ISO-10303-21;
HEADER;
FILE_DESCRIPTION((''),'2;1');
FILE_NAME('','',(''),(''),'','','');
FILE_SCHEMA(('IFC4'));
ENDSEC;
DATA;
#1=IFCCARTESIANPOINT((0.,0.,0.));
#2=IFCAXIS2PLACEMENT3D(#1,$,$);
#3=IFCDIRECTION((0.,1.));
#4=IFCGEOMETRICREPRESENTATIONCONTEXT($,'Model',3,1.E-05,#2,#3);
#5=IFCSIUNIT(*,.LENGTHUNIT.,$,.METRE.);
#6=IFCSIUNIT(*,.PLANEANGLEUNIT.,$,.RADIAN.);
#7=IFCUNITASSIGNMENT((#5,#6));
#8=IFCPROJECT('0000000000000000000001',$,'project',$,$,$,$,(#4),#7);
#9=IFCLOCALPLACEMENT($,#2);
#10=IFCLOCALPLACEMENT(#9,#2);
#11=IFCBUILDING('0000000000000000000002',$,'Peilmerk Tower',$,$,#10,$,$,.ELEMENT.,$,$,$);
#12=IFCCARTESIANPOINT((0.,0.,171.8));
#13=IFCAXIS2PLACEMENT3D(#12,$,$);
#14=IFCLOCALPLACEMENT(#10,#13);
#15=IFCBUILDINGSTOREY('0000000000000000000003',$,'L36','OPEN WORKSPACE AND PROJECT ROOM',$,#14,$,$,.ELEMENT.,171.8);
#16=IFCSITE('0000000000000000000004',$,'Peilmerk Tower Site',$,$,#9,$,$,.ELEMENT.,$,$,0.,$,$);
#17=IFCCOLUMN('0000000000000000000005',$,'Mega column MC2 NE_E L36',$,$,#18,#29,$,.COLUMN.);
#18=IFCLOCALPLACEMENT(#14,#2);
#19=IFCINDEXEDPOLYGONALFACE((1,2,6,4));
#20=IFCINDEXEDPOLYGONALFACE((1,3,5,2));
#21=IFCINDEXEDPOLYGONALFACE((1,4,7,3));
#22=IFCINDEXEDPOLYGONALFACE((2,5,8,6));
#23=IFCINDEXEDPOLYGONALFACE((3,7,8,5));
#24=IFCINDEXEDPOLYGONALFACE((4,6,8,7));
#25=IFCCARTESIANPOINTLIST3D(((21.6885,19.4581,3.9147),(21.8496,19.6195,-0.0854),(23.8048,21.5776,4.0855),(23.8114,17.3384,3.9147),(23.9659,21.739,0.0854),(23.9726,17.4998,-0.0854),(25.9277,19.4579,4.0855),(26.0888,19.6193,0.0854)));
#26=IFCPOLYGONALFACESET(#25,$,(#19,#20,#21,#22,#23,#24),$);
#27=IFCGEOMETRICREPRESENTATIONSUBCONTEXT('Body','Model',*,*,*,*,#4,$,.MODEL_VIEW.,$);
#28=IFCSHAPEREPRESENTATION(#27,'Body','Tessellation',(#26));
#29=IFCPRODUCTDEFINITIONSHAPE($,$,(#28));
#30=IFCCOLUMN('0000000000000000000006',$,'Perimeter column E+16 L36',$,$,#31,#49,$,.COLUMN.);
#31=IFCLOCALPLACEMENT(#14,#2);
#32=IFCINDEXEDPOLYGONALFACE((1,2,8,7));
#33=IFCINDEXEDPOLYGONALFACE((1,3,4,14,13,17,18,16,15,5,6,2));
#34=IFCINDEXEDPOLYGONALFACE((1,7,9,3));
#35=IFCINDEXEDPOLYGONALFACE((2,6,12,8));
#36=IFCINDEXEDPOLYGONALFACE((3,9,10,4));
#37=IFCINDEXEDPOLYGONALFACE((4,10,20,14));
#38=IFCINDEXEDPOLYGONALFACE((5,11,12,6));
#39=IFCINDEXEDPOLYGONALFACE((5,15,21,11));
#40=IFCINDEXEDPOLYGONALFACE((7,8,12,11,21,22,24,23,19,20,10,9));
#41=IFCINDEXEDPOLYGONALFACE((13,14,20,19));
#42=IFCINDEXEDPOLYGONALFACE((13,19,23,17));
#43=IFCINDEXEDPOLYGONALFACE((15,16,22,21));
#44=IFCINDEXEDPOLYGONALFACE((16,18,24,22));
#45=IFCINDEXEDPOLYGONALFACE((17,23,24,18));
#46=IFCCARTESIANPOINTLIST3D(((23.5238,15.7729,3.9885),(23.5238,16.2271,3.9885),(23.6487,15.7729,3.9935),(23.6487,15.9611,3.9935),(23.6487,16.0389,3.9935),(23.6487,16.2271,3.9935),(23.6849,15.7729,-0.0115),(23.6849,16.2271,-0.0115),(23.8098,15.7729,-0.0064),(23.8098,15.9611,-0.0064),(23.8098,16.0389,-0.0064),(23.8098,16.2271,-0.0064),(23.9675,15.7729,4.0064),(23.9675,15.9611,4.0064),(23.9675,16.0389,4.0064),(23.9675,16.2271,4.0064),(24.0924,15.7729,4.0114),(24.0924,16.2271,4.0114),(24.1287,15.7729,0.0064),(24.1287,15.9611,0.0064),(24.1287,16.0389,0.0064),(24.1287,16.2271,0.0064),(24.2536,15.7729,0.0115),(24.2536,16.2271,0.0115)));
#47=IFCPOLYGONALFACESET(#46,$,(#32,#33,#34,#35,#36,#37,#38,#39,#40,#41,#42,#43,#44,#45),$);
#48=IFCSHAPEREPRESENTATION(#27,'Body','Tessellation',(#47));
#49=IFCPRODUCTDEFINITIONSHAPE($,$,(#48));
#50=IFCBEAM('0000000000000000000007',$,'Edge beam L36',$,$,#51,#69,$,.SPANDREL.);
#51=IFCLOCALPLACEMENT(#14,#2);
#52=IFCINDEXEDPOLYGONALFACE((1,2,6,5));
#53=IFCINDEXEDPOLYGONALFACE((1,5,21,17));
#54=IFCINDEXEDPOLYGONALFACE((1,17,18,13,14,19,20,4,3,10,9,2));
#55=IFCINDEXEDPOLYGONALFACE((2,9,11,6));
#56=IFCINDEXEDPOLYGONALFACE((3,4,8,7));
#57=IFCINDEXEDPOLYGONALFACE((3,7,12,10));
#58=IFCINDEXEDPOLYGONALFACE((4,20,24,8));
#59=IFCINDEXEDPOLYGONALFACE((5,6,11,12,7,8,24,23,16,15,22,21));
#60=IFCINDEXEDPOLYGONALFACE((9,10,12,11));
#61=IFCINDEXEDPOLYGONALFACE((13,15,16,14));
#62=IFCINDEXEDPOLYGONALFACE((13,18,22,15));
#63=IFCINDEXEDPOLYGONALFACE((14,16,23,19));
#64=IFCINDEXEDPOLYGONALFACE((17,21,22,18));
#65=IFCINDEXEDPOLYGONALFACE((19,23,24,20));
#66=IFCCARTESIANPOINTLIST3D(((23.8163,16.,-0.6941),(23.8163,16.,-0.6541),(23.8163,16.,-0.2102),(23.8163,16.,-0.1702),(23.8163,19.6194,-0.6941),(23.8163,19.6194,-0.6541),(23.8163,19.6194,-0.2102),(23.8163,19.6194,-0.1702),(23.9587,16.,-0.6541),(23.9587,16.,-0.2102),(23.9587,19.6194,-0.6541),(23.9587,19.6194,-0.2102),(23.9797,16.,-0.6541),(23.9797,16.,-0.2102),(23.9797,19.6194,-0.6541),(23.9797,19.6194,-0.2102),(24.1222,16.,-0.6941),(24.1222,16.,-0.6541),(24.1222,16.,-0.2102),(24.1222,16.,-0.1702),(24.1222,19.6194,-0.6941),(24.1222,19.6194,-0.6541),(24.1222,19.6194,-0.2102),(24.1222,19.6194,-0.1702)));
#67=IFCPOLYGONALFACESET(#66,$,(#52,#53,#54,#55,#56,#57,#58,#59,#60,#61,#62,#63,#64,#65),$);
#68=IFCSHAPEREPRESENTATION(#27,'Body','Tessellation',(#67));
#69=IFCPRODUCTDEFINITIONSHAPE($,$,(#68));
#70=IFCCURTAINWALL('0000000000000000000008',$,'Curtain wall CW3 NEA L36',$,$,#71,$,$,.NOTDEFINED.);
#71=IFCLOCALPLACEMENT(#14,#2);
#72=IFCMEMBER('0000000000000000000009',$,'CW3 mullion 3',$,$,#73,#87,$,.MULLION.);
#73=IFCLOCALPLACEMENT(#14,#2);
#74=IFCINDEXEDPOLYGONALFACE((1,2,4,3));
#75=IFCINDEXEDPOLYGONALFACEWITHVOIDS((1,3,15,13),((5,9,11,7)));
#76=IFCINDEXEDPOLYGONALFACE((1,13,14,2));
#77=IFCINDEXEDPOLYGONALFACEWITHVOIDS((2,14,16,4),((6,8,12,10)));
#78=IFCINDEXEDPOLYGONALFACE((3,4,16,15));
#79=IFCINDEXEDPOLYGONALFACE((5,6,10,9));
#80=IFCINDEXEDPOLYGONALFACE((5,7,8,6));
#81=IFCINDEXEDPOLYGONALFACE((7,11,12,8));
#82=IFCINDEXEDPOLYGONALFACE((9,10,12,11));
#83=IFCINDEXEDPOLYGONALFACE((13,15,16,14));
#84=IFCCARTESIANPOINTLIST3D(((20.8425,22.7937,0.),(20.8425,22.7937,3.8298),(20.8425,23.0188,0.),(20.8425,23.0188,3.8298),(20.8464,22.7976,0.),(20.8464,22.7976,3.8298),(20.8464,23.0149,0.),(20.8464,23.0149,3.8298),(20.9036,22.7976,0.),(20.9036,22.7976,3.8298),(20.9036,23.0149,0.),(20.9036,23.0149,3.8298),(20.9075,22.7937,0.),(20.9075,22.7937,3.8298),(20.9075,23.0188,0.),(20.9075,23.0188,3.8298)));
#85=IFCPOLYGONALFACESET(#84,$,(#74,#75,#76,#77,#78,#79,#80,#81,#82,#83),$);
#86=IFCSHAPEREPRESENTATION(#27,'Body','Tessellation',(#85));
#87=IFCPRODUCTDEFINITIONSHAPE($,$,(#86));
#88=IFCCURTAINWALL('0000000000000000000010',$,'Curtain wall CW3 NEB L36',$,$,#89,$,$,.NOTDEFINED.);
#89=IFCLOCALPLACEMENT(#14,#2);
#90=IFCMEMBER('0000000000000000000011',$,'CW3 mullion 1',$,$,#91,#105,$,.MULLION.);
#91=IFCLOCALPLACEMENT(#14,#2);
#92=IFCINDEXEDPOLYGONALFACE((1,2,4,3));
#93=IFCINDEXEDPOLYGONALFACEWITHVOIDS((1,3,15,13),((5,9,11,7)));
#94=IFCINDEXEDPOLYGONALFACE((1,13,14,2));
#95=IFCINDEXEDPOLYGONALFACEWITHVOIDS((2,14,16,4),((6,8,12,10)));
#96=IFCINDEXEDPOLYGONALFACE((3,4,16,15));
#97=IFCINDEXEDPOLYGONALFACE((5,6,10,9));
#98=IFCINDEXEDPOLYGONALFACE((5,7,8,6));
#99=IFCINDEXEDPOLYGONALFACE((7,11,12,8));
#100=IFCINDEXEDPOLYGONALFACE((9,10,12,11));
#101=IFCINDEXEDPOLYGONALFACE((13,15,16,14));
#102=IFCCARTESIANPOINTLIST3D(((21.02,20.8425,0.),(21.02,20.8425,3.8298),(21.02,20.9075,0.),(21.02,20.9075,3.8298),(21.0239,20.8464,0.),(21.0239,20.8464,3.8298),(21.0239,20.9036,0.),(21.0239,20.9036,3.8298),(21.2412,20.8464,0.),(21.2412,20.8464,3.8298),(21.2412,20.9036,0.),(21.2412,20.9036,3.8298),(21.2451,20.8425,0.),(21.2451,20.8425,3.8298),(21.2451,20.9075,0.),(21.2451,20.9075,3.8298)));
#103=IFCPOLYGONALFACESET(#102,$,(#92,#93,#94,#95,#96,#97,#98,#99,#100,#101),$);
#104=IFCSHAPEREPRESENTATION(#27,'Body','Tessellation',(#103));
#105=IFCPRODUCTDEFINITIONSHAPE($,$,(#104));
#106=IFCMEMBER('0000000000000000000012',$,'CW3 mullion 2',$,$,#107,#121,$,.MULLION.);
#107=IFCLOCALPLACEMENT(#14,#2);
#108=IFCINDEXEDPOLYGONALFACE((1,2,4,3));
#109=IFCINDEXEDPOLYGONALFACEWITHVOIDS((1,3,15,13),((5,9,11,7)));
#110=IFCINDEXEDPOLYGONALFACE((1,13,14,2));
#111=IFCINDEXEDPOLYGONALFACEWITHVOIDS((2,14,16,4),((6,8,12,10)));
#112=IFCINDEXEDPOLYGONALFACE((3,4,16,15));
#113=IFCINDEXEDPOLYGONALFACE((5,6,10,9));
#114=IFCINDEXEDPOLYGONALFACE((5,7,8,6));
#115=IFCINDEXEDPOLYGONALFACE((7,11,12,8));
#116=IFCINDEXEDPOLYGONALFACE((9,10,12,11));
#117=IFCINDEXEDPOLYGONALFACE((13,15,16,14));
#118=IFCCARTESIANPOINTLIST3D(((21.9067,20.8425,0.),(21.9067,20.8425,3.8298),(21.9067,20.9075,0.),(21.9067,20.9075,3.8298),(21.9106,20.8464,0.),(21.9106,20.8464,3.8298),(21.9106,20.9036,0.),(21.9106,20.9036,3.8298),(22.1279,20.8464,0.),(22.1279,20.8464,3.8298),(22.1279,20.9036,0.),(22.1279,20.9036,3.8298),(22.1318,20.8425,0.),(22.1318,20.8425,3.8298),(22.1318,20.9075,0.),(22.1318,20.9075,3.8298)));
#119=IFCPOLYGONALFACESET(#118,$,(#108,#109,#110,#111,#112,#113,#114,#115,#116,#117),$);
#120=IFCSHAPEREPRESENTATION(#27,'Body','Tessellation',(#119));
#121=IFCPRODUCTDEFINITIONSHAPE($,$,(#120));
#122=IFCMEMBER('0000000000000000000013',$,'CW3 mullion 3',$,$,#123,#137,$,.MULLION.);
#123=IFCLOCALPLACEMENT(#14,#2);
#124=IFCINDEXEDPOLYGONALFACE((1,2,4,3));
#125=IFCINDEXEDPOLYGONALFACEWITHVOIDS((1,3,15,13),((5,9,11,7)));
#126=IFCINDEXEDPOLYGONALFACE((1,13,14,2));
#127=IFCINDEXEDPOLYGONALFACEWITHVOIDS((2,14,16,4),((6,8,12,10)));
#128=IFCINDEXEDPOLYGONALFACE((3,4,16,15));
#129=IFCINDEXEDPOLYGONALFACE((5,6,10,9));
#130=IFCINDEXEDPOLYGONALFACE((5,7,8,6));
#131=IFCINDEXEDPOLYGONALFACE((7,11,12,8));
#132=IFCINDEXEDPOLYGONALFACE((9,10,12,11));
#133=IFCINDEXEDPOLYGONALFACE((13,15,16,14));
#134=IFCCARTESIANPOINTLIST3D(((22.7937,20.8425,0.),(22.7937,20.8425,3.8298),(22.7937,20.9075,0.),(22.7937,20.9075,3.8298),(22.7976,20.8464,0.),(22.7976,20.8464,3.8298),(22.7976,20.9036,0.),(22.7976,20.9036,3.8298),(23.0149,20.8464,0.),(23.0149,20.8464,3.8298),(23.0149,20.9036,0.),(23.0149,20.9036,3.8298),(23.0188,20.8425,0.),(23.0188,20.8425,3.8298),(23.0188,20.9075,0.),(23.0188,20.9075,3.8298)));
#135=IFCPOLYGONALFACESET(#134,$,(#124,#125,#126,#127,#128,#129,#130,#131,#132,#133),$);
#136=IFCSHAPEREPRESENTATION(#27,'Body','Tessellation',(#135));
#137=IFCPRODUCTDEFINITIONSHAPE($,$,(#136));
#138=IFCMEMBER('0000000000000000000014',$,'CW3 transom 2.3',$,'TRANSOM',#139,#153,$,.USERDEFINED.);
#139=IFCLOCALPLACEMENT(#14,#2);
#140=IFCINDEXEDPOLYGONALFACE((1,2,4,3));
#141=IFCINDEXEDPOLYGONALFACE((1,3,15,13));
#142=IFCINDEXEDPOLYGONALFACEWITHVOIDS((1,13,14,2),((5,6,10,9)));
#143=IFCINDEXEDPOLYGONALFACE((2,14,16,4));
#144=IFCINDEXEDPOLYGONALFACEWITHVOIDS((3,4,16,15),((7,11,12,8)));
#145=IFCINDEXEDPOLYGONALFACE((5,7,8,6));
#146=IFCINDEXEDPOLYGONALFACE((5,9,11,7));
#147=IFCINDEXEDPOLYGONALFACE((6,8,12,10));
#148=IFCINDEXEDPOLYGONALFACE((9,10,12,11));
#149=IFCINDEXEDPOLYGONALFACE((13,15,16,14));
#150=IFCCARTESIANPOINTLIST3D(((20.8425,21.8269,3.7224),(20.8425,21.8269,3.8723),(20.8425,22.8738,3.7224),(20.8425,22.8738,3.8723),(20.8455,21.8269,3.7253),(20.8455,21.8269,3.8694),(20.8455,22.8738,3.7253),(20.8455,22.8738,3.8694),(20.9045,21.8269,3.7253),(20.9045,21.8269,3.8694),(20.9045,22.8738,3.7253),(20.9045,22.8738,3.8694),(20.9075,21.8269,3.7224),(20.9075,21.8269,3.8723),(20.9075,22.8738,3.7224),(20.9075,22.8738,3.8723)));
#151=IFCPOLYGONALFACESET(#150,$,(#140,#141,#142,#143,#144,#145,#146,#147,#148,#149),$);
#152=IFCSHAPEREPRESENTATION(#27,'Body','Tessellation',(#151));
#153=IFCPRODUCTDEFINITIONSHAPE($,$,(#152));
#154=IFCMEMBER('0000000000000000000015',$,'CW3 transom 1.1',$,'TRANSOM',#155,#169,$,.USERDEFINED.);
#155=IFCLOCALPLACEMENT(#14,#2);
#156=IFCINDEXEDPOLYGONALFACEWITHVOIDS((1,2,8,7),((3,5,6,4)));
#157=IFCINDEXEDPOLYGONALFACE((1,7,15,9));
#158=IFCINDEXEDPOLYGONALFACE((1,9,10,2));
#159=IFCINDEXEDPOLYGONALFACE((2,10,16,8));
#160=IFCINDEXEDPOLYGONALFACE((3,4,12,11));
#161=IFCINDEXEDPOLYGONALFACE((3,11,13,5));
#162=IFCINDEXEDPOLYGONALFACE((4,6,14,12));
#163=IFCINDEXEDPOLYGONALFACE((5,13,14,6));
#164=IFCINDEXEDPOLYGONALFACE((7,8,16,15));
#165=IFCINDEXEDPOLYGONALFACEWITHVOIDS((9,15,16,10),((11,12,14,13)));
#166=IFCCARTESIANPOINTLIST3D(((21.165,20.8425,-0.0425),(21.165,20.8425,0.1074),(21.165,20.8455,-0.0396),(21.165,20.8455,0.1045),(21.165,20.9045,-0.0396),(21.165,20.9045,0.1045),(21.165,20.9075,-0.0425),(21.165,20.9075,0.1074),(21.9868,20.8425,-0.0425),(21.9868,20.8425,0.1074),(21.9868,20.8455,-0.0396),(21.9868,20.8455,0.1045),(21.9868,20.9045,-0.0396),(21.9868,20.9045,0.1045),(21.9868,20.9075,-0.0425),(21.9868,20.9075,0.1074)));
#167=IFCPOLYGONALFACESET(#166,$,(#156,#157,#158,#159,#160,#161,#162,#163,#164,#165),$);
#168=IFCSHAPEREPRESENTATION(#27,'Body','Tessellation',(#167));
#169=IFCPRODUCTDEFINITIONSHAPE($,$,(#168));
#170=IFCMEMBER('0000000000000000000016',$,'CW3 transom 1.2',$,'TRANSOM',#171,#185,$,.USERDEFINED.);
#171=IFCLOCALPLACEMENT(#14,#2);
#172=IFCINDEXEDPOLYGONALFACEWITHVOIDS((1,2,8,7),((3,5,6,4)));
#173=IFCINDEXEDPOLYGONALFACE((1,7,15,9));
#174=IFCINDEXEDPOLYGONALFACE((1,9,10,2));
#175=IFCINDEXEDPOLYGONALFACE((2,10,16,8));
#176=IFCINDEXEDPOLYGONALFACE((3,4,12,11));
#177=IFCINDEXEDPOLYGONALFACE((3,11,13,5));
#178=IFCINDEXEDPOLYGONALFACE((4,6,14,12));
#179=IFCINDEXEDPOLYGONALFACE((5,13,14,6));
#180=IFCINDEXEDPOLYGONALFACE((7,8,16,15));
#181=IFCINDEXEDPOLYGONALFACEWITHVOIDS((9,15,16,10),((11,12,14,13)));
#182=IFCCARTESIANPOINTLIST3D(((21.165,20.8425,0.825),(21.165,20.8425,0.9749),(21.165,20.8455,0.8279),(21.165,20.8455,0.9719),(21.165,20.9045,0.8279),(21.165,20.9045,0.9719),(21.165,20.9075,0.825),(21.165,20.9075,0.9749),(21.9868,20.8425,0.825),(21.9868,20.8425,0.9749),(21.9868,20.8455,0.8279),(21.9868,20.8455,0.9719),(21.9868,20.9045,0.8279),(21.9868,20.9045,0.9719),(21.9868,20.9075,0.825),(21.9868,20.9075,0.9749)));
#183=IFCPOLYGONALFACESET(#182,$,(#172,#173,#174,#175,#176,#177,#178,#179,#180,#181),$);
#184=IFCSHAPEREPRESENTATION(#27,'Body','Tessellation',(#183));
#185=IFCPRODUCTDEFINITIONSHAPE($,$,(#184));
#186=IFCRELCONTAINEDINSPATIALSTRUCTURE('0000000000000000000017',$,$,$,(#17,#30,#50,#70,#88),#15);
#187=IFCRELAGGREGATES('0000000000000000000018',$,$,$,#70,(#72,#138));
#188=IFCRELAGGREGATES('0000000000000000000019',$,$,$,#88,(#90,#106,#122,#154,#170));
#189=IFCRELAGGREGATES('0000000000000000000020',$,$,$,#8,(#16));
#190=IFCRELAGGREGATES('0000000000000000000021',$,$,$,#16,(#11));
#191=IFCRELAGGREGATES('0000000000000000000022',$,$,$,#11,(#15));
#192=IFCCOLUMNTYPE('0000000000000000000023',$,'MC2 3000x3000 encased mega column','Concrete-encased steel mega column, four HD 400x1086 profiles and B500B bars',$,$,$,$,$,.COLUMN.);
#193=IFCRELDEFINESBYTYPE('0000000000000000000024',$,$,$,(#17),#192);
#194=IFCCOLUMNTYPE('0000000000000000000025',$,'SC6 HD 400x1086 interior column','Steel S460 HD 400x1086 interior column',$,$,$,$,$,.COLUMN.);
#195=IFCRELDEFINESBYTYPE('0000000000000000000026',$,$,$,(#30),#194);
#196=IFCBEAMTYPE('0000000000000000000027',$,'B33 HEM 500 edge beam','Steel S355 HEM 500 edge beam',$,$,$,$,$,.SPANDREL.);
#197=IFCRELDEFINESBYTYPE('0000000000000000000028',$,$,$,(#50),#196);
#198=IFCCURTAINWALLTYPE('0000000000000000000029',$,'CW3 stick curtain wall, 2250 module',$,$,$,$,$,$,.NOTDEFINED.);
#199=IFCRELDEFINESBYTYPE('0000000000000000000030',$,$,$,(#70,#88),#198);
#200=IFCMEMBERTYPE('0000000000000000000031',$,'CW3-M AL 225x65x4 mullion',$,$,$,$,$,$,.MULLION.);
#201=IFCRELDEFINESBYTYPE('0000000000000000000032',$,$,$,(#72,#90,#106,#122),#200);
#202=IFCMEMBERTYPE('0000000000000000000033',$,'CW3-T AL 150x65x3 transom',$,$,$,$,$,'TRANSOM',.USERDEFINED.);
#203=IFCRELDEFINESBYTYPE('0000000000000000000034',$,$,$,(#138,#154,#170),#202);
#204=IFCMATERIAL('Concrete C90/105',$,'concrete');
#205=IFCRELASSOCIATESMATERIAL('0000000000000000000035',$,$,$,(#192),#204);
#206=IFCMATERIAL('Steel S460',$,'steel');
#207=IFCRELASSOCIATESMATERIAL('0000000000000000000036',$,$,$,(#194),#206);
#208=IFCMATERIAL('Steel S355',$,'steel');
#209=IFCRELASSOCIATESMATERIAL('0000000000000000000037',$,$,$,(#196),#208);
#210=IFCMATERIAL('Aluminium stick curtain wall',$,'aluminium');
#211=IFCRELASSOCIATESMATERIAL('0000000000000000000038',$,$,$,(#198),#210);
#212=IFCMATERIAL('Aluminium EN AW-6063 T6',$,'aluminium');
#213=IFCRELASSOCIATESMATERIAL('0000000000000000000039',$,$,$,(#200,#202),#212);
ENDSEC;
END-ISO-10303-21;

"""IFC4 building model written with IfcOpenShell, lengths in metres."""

from ifc_helpers import new_model, si_unit, direction, frame, origin, origin_2d, place, context, subcontext, project, spatial, rectangle, hollow_rectangle, i_section, extrude, material, material_profile, profile_set, type_object, element, aggregate, save


model = new_model("IFC4")

# Units and contexts
model_context = context("Model", 3, precision=1e-05, world=origin(), true_north=direction((0.0, 1.0)))
body_context = subcontext(model_context, "Body", "Model", "MODEL_VIEW")
ifc_project = project(units=[si_unit("LENGTHUNIT", "METRE"), si_unit("PLANEANGLEUNIT", "RADIAN")], contexts=[model_context])

# Site, building, storey
site_placement = place(None, origin())
site = spatial("IfcSite", under=ifc_project, at=site_placement, Name="Peilmerk Tower Site", CompositionType="ELEMENT", RefElevation=0.0)
building_placement = place(site_placement, origin())
building = spatial("IfcBuilding", under=site, at=building_placement, Name="Peilmerk Tower", CompositionType="ELEMENT")
storey_placement = place(building_placement, frame((0.0, 0.0, 171.8)))
storey = spatial("IfcBuildingStorey", under=building, at=storey_placement, Name="L36", Description="OPEN WORKSPACE AND PROJECT ROOM", CompositionType="ELEMENT", Elevation=171.8)

# Columns
ifc_material_1 = material(Name="Concrete C90/105", Category="concrete")
ifc_material_profile_1 = material_profile(ifc_material_1, rectangle(XDim=3.0, YDim=3.0, at=origin_2d()), Name="RC 3000x3000")
ifc_profile_set_1 = profile_set([ifc_material_profile_1], Name="Concrete C90/105")
column_type_1 = type_object("IfcColumnType", Name="MC2 3000x3000 encased mega column", Description="Concrete-encased steel mega column, four HD 400x1086 profiles and B500B bars", PredefinedType="COLUMN", material=ifc_profile_set_1)
column_1_placement = place(storey_placement, frame((23.9692, 19.6194, 0.0), z_axis=(-0.040218, -0.040279, 0.998379), x_axis=(0.707642, -0.706571, 0.0)))
element("IfcColumn", 1, at=column_1_placement, inside=storey, type_object=column_type_1, Name="Mega column MC2 NE_E L36", PredefinedType="COLUMN", context=body_context, shape_type="SweptSolid", body=[
    extrude(rectangle(XDim=3.0, YDim=3.0, at=origin_2d()), origin(), (0.0, 0.0, 1.0), 4.0066),
])
ifc_material_2 = material(Name="Steel S460", Category="steel")
ifc_material_profile_2 = material_profile(ifc_material_2, i_section(OverallWidth=0.4541, OverallDepth=0.5691, WebThickness=0.0779, FlangeThickness=0.125, at=origin_2d()), Name="HD 400x1086")
ifc_profile_set_2 = profile_set([ifc_material_profile_2], Name="Steel S460")
column_type_2 = type_object("IfcColumnType", Name="SC6 HD 400x1086 interior column", Description="Steel S460 HD 400x1086 interior column", PredefinedType="COLUMN", material=ifc_profile_set_2)
column_2_placement = place(storey_placement, frame((23.9692, 16.0, 0.0), z_axis=(-0.040251, 0.0, 0.99919), x_axis=(0.0, -1.0, 0.0)))
element("IfcColumn", 2, at=column_2_placement, inside=storey, type_object=column_type_2, Name="Perimeter column E+16 L36", PredefinedType="COLUMN", context=body_context, shape_type="SweptSolid", body=[
    extrude(i_section(OverallWidth=0.4541, OverallDepth=0.5691, WebThickness=0.0779, FlangeThickness=0.125, at=origin_2d()), origin(), (0.0, 0.0, 1.0), 4.0032),
])

# Beam
ifc_material_3 = material(Name="Steel S355", Category="steel")
ifc_material_profile_3 = material_profile(ifc_material_3, i_section(OverallWidth=0.3059, OverallDepth=0.5239, WebThickness=0.021, FlangeThickness=0.04, at=origin_2d()), Name="HEM 500")
ifc_profile_set_3 = profile_set([ifc_material_profile_3], Name="Steel S355")
beam_type = type_object("IfcBeamType", Name="B33 HEM 500 edge beam", Description="Steel S355 HEM 500 edge beam", PredefinedType="SPANDREL", material=ifc_profile_set_3)
beam_placement = place(storey_placement, frame((23.9692, 16.0, -0.4321), z_axis=(0.0, 1.0, 0.0), x_axis=(-1.0, 0.0, 0.0)))
element("IfcBeam", 3, at=beam_placement, inside=storey, type_object=beam_type, Name="Edge beam L36", PredefinedType="SPANDREL", context=body_context, shape_type="SweptSolid", body=[
    extrude(i_section(OverallWidth=0.3059, OverallDepth=0.5239, WebThickness=0.021, FlangeThickness=0.04, at=origin_2d()), origin(), (0.0, 0.0, 1.0), 3.6194),
])

# Curtain wall, member
ifc_material_4 = material(Name="Aluminium stick curtain wall", Category="aluminium")
curtain_wall_type = type_object("IfcCurtainWallType", Name="CW3 stick curtain wall, 2250 module", PredefinedType="NOTDEFINED", material=ifc_material_4)
curtain_wall_1_placement = place(storey_placement, origin())
curtain_wall_1 = element("IfcCurtainWall", 4, at=curtain_wall_1_placement, inside=storey, type_object=curtain_wall_type, Name="Curtain wall CW3 NEA L36", PredefinedType="NOTDEFINED")
ifc_material_5 = material(Name="Aluminium EN AW-6063 T6", Category="aluminium")
ifc_material_profile_4 = material_profile(ifc_material_5, hollow_rectangle(XDim=0.0649, YDim=0.2251, WallThickness=0.0039, at=origin_2d()), Name="AL 225x65x4")
ifc_profile_set_4 = profile_set([ifc_material_profile_4], Name="Aluminium EN AW-6063 T6")
member_type_1 = type_object("IfcMemberType", Name="CW3-M AL 225x65x4 mullion", PredefinedType="MULLION", material=ifc_profile_set_4)
member_1_placement = place(storey_placement, frame((20.875, 22.9062, 0.0), z_axis=(0.0, 0.0, 1.0), x_axis=(-1.0, 0.0, 0.0)))
member_1 = element("IfcMember", 5, at=member_1_placement, type_object=member_type_1, Name="CW3 mullion 3", PredefinedType="MULLION", context=body_context, shape_type="SweptSolid", body=[
    extrude(hollow_rectangle(XDim=0.0649, YDim=0.2251, WallThickness=0.0039, at=origin_2d()), origin(), (0.0, 0.0, 1.0), 3.8298),
])

# Curtain wall, members
curtain_wall_2_placement = place(storey_placement, origin())
curtain_wall_2 = element("IfcCurtainWall", 6, at=curtain_wall_2_placement, inside=storey, type_object=curtain_wall_type, Name="Curtain wall CW3 NEB L36", PredefinedType="NOTDEFINED")
member_2_placement = place(storey_placement, frame((21.1326, 20.875, 0.0), z_axis=(0.0, 0.0, 1.0), x_axis=(0.0, 1.0, 0.0)))
member_2 = element("IfcMember", 7, at=member_2_placement, type_object=member_type_1, Name="CW3 mullion 1", PredefinedType="MULLION", context=body_context, shape_type="SweptSolid", body=[
    extrude(hollow_rectangle(XDim=0.0649, YDim=0.2251, WallThickness=0.0039, at=origin_2d()), origin(), (0.0, 0.0, 1.0), 3.8298),
])
member_3_placement = place(storey_placement, frame((22.0193, 20.875, 0.0), z_axis=(0.0, 0.0, 1.0), x_axis=(0.0, 1.0, 0.0)))
member_3 = element("IfcMember", 8, at=member_3_placement, type_object=member_type_1, Name="CW3 mullion 2", PredefinedType="MULLION", context=body_context, shape_type="SweptSolid", body=[
    extrude(hollow_rectangle(XDim=0.0649, YDim=0.2251, WallThickness=0.0039, at=origin_2d()), origin(), (0.0, 0.0, 1.0), 3.8298),
])
member_4_placement = place(storey_placement, frame((22.9062, 20.875, 0.0), z_axis=(0.0, 0.0, 1.0), x_axis=(0.0, 1.0, 0.0)))
member_4 = element("IfcMember", 9, at=member_4_placement, type_object=member_type_1, Name="CW3 mullion 3", PredefinedType="MULLION", context=body_context, shape_type="SweptSolid", body=[
    extrude(hollow_rectangle(XDim=0.0649, YDim=0.2251, WallThickness=0.0039, at=origin_2d()), origin(), (0.0, 0.0, 1.0), 3.8298),
])

# Members
ifc_material_profile_5 = material_profile(ifc_material_5, hollow_rectangle(XDim=0.0649, YDim=0.1499, WallThickness=0.0029, at=origin_2d()), Name="AL 150x65x3")
ifc_profile_set_5 = profile_set([ifc_material_profile_5], Name="Aluminium EN AW-6063 T6")
member_type_2 = type_object("IfcMemberType", Name="CW3-T AL 150x65x3 transom", ElementType="TRANSOM", PredefinedType="USERDEFINED", material=ifc_profile_set_5)
member_5_placement = place(storey_placement, frame((20.875, 21.8269, 3.7974), z_axis=(0.0, 1.0, 0.0), x_axis=(-1.0, 0.0, 0.0)))
member_5 = element("IfcMember", 10, at=member_5_placement, type_object=member_type_2, Name="CW3 transom 2.3", ObjectType="TRANSOM", PredefinedType="USERDEFINED", context=body_context, shape_type="SweptSolid", body=[
    extrude(hollow_rectangle(XDim=0.0649, YDim=0.1499, WallThickness=0.0029, at=origin_2d()), origin(), (0.0, 0.0, 1.0), 1.0469),
])
member_6_placement = place(storey_placement, frame((21.165, 20.875, 0.0325), z_axis=(1.0, 0.0, 0.0), x_axis=(0.0, 1.0, 0.0)))
member_6 = element("IfcMember", 11, at=member_6_placement, type_object=member_type_2, Name="CW3 transom 1.1", ObjectType="TRANSOM", PredefinedType="USERDEFINED", context=body_context, shape_type="SweptSolid", body=[
    extrude(hollow_rectangle(XDim=0.0649, YDim=0.1499, WallThickness=0.0029, at=origin_2d()), origin(), (0.0, 0.0, 1.0), 0.8218),
])
member_7_placement = place(storey_placement, frame((21.165, 20.875, 0.8999), z_axis=(1.0, 0.0, 0.0), x_axis=(0.0, 1.0, 0.0)))
member_7 = element("IfcMember", 12, at=member_7_placement, type_object=member_type_2, Name="CW3 transom 1.2", ObjectType="TRANSOM", PredefinedType="USERDEFINED", context=body_context, shape_type="SweptSolid", body=[
    extrude(hollow_rectangle(XDim=0.0649, YDim=0.1499, WallThickness=0.0029, at=origin_2d()), origin(), (0.0, 0.0, 1.0), 0.8218),
])

aggregate(curtain_wall_1, [member_1, member_5])
aggregate(curtain_wall_2, [member_2, member_3, member_4, member_6, member_7])

save(model, "model.ifc")
